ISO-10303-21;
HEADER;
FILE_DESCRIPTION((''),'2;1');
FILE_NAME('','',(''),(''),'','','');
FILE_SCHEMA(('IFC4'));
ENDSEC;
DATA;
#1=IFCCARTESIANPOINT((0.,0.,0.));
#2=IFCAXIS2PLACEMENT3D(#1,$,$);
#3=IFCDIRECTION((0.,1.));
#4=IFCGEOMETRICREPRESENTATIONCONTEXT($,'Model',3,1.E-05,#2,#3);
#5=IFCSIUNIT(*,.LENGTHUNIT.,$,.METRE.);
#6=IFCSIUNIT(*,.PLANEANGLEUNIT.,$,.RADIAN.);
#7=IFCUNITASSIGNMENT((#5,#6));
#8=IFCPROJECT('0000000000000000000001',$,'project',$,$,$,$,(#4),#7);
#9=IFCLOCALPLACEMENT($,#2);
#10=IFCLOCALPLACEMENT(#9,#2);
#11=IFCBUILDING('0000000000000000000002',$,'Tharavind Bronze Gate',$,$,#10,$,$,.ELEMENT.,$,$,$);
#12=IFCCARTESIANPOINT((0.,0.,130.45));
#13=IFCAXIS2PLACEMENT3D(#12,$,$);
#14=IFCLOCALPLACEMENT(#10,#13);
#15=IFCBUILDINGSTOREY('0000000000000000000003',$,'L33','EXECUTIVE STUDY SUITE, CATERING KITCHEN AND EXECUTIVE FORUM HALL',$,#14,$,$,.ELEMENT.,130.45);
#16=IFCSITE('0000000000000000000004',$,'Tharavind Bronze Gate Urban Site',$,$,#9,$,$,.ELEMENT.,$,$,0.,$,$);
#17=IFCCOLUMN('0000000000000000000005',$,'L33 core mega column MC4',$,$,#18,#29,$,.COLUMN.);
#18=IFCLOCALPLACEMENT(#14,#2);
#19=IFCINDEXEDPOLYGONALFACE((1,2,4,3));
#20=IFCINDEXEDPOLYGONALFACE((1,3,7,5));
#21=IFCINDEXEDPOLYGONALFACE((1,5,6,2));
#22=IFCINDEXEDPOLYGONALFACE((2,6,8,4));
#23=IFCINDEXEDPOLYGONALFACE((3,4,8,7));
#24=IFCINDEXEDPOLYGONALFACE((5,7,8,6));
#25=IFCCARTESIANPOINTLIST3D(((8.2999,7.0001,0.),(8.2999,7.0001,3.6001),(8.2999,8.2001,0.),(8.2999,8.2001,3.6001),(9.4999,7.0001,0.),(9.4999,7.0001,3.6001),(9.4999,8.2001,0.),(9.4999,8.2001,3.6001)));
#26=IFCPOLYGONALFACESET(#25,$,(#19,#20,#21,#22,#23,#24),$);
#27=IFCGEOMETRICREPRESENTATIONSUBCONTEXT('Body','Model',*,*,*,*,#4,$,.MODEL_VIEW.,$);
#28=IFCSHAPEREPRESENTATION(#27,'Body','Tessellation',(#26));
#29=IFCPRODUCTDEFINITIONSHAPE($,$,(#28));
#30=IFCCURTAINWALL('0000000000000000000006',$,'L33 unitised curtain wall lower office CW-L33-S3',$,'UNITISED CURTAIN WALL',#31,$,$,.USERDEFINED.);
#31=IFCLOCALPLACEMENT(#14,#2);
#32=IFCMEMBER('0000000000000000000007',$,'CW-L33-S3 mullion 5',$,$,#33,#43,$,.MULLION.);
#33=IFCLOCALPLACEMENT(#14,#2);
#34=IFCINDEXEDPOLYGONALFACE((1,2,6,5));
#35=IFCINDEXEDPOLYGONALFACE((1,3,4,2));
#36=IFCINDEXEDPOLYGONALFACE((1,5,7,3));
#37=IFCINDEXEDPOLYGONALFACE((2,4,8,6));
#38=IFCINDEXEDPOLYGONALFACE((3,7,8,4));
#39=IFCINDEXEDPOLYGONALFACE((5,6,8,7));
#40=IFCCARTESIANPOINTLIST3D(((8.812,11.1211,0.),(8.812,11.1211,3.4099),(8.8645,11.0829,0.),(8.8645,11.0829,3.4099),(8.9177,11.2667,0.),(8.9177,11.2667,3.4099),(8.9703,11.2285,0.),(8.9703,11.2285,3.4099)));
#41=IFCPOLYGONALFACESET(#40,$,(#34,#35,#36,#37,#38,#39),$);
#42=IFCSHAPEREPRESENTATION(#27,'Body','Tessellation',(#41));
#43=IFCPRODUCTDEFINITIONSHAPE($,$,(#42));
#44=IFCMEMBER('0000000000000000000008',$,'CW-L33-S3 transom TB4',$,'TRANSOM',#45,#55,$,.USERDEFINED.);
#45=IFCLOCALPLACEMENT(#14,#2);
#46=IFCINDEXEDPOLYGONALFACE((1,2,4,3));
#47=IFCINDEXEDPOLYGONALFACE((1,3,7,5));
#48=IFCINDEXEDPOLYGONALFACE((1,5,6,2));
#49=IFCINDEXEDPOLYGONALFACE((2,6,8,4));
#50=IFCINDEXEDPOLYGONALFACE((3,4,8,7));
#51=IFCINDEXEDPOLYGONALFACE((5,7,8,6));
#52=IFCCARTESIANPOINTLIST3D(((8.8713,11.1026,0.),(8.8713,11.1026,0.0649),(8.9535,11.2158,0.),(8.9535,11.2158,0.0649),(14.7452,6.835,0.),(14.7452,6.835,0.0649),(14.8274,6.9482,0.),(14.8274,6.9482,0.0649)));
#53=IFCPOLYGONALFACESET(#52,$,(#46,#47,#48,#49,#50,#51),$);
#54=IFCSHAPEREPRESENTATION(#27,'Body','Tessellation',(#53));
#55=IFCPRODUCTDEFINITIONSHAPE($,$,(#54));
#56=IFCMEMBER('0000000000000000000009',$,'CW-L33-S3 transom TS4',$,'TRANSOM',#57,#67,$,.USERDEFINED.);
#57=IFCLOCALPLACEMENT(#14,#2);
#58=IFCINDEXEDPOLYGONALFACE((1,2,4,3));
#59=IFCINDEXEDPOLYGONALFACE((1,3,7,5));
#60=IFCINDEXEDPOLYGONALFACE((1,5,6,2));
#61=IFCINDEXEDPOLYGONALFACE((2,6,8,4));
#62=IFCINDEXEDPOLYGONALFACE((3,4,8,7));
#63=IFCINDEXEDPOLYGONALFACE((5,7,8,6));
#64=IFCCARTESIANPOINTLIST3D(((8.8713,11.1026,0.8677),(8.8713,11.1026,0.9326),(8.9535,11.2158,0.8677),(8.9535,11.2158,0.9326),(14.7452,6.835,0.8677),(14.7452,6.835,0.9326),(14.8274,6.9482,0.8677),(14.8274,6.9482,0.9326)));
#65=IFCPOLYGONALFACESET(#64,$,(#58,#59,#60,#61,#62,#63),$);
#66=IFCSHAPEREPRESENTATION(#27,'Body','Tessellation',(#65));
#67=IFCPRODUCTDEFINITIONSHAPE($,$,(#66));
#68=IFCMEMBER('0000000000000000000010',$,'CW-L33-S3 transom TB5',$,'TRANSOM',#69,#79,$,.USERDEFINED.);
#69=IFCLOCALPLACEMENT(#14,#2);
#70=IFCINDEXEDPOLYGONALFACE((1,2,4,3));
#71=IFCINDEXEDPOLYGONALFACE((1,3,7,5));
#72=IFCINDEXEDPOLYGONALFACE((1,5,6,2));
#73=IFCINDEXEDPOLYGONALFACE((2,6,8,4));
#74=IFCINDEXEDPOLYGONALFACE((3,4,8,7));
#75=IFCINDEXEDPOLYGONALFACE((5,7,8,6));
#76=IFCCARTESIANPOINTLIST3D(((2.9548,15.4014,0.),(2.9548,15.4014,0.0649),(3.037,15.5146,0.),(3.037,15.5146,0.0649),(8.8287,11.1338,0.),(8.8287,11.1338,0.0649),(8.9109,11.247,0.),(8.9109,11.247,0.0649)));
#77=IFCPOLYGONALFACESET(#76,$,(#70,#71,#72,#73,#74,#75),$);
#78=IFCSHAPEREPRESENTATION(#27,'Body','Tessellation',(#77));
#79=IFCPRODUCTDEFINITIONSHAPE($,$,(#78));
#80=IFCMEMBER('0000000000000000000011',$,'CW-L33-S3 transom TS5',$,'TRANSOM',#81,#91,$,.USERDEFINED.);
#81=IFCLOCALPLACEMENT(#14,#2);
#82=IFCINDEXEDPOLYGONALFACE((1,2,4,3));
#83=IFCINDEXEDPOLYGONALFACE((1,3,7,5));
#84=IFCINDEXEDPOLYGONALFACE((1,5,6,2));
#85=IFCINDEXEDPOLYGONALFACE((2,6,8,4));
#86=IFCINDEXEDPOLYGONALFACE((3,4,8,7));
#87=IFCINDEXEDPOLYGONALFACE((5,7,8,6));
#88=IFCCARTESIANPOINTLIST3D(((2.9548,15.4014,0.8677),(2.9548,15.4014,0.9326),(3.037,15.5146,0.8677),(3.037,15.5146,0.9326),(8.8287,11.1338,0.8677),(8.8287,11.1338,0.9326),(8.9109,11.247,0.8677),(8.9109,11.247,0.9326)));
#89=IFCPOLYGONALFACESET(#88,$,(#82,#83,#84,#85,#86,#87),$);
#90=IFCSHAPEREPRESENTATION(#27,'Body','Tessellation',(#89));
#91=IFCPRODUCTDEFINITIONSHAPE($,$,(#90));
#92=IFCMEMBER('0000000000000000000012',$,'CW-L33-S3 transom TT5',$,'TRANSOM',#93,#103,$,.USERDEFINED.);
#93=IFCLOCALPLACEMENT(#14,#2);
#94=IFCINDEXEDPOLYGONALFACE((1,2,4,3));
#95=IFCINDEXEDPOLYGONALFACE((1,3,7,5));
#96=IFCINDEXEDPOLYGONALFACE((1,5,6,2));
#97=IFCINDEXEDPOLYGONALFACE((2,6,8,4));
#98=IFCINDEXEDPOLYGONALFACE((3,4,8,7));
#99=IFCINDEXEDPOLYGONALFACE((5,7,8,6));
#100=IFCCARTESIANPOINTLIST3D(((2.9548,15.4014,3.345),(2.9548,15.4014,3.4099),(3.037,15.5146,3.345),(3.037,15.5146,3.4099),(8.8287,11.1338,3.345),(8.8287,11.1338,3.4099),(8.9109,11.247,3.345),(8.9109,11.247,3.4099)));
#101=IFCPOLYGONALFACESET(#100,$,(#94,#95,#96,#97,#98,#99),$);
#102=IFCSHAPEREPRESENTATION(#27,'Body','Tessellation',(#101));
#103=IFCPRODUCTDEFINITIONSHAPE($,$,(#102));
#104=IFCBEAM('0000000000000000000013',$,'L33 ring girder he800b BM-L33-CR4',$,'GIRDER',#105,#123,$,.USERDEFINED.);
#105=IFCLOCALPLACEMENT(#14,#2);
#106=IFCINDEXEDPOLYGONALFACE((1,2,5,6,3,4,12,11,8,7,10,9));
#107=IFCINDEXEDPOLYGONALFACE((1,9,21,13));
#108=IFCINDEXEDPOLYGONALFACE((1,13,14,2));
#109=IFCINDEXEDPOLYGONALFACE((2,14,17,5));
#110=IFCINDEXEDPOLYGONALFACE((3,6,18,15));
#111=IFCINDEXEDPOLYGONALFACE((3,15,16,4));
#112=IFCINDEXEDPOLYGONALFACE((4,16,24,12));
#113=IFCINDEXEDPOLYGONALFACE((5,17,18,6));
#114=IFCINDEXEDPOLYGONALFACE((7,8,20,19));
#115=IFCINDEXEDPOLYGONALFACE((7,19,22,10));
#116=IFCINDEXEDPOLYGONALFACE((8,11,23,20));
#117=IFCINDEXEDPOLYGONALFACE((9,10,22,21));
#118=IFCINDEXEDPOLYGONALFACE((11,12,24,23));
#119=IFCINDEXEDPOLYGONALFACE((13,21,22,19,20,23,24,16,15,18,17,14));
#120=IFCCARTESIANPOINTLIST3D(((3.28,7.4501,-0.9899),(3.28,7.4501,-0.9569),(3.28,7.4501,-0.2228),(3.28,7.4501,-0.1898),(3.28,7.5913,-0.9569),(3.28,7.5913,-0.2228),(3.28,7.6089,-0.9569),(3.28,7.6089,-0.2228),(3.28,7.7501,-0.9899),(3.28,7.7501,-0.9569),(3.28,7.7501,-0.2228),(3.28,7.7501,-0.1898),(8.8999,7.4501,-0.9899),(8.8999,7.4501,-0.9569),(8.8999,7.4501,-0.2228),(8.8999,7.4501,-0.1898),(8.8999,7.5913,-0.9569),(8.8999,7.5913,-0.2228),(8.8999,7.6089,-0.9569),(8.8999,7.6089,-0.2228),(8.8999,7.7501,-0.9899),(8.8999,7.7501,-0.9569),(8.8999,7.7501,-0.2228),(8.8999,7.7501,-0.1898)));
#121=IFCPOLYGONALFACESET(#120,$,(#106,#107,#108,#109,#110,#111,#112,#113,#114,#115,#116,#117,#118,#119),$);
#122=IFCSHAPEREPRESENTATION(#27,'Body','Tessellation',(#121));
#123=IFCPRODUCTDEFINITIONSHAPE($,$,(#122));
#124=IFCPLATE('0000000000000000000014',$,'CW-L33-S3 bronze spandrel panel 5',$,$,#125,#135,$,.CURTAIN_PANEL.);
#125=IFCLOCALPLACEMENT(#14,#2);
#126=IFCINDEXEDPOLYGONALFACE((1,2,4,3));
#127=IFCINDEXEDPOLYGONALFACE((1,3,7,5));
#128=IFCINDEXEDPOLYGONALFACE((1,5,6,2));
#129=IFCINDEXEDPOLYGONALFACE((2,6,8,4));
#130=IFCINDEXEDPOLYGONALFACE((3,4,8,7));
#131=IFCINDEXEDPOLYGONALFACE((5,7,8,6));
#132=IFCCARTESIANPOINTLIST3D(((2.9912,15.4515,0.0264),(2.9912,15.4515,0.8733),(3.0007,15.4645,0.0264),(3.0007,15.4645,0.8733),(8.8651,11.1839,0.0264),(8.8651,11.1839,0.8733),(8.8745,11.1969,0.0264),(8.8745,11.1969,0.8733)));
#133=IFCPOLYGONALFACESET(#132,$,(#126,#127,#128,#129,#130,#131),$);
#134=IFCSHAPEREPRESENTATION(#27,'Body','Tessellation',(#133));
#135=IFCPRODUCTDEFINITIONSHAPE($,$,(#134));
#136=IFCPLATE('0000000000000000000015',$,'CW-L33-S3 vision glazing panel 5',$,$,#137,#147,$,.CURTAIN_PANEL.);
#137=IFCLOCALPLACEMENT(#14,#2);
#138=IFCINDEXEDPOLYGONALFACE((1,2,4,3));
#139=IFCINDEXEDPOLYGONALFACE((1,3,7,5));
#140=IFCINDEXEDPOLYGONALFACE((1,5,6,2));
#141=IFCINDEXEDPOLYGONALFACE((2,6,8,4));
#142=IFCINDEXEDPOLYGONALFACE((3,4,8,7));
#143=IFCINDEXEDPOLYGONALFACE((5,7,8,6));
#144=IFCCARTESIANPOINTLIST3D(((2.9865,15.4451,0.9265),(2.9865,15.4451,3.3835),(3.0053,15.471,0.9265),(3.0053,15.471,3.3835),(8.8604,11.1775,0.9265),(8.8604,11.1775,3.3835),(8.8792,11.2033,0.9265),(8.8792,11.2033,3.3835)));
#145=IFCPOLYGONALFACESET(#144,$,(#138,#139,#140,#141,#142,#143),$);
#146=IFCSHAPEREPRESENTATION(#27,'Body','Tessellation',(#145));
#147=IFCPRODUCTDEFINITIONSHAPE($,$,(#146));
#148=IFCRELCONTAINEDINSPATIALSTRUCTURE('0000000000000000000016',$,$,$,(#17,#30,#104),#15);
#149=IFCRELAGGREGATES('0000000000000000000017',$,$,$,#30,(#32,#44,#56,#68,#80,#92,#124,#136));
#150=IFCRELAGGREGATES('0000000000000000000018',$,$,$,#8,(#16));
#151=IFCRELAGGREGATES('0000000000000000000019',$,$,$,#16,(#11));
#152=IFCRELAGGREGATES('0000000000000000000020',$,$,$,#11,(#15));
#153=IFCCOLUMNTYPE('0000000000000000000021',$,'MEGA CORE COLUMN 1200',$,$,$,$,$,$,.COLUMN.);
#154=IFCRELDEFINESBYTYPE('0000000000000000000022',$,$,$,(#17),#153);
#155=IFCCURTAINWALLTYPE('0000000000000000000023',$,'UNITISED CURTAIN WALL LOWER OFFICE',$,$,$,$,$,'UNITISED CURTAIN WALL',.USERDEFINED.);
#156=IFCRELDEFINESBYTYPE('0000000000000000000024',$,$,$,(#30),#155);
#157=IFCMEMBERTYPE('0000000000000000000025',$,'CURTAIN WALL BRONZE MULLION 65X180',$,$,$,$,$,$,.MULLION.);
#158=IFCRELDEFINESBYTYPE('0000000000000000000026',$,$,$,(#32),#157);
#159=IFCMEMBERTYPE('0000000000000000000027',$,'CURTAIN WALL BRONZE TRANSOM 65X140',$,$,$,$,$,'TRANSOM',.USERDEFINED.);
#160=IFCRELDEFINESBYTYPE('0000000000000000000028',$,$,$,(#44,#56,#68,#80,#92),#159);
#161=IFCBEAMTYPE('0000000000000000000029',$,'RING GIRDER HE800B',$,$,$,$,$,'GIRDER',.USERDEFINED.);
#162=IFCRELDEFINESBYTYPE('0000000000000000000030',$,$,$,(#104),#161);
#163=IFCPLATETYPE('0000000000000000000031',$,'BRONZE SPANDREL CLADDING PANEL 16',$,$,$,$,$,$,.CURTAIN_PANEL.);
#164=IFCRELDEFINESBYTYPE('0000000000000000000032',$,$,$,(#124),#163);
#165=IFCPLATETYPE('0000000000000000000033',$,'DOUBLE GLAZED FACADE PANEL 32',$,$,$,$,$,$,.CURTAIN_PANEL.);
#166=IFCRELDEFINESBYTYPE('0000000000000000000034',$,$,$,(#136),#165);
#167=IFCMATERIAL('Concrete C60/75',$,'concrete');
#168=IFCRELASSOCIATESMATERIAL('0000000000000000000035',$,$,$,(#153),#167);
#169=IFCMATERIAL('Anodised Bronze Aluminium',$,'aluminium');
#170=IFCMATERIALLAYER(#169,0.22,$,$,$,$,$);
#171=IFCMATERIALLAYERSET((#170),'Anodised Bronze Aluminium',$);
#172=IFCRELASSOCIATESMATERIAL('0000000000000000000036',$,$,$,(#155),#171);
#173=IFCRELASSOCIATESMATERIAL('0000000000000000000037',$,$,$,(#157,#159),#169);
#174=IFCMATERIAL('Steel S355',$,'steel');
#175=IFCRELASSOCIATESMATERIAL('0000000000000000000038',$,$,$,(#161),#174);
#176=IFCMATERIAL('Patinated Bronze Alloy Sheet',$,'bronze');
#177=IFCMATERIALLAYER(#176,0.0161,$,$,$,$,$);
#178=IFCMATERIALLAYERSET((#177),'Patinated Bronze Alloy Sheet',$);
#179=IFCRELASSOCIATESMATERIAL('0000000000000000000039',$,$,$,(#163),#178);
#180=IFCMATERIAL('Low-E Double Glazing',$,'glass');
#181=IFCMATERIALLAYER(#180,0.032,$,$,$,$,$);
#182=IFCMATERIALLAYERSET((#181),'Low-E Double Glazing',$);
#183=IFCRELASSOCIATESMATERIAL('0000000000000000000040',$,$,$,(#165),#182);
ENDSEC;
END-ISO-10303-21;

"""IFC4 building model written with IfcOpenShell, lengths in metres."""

from ifc_helpers import new_model, si_unit, direction, frame, origin, origin_2d, place, context, subcontext, project, spatial, rectangle, i_section, extrude, material, layer, layer_set, material_profile, profile_set, type_object, element, aggregate, save


model = new_model("IFC4")

# Units and contexts
model_context = context("Model", 3, precision=1e-05, world=origin(), true_north=direction((0.0, 1.0)))
body_context = subcontext(model_context, "Body", "Model", "MODEL_VIEW")
ifc_project = project(units=[si_unit("LENGTHUNIT", "METRE"), si_unit("PLANEANGLEUNIT", "RADIAN")], contexts=[model_context])

# Site, building, storey
site_placement = place(None, origin())
site = spatial("IfcSite", under=ifc_project, at=site_placement, Name="Tharavind Bronze Gate Urban Site", CompositionType="ELEMENT", RefElevation=0.0)
building_placement = place(site_placement, origin())
building = spatial("IfcBuilding", under=site, at=building_placement, Name="Tharavind Bronze Gate", CompositionType="ELEMENT")
storey_placement = place(building_placement, frame((0.0, 0.0, 130.45)))
storey = spatial("IfcBuildingStorey", under=building, at=storey_placement, Name="L33", Description="EXECUTIVE STUDY SUITE, CATERING KITCHEN AND EXECUTIVE FORUM HALL", CompositionType="ELEMENT", Elevation=130.45)

# Column
ifc_material_1 = material(Name="Concrete C60/75", Category="concrete")
ifc_material_profile_1 = material_profile(ifc_material_1, rectangle(XDim=1.2, YDim=1.2, at=origin_2d()), Name="RCCOL1200")
ifc_profile_set_1 = profile_set([ifc_material_profile_1], Name="Concrete C60/75")
column_type = type_object("IfcColumnType", Name="MEGA CORE COLUMN 1200", PredefinedType="COLUMN", material=ifc_profile_set_1)
column_placement = place(storey_placement, frame((8.8999, 7.6001, 0.0), z_axis=(0.0, 0.0, 1.0), x_axis=(1.0, 0.0, 0.0)))
element("IfcColumn", 1, at=column_placement, inside=storey, type_object=column_type, Name="L33 core mega column MC4", PredefinedType="COLUMN", context=body_context, shape_type="SweptSolid", body=[
    extrude(rectangle(XDim=1.2, YDim=1.2, at=origin_2d()), origin(), (0.0, 0.0, 1.0), 3.6001),
])

# Curtain wall, members
ifc_material_2 = material(Name="Anodised Bronze Aluminium", Category="aluminium")
ifc_layer_1 = layer(ifc_material_2, 0.22)
ifc_layer_set_1 = layer_set([ifc_layer_1], Name="Anodised Bronze Aluminium")
curtain_wall_type = type_object("IfcCurtainWallType", Name="UNITISED CURTAIN WALL LOWER OFFICE", ElementType="UNITISED CURTAIN WALL", PredefinedType="USERDEFINED", material=ifc_layer_set_1)
curtain_wall_placement = place(storey_placement, origin())
curtain_wall = element("IfcCurtainWall", 2, at=curtain_wall_placement, inside=storey, type_object=curtain_wall_type, Name="L33 unitised curtain wall lower office CW-L33-S3", ObjectType="UNITISED CURTAIN WALL", PredefinedType="USERDEFINED")
member_type_1 = type_object("IfcMemberType", Name="CURTAIN WALL BRONZE MULLION 65X180", PredefinedType="MULLION", material=ifc_material_2)
member_1_placement = place(storey_placement, frame((8.8911, 11.1748, 0.0), z_axis=(0.0, 0.0, 1.0), x_axis=(-0.809017, 0.587785, 0.0)))
member_1 = element("IfcMember", 3, at=member_1_placement, type_object=member_type_1, Name="CW-L33-S3 mullion 5", PredefinedType="MULLION", context=body_context, shape_type="SweptSolid", body=[
    extrude(rectangle(XDim=0.0649, YDim=0.1799, at=origin_2d()), origin(), (0.0, 0.0, 1.0), 3.4099),
])
member_type_2 = type_object("IfcMemberType", Name="CURTAIN WALL BRONZE TRANSOM 65X140", ElementType="TRANSOM", PredefinedType="USERDEFINED", material=ifc_material_2)
member_2_placement = place(storey_placement, frame((11.8494, 9.0254, 0.0), z_axis=(0.0, 0.0, 1.0), x_axis=(-0.809017, 0.587785, 0.0)))
member_2 = element("IfcMember", 4, at=member_2_placement, type_object=member_type_2, Name="CW-L33-S3 transom TB4", ObjectType="TRANSOM", PredefinedType="USERDEFINED", context=body_context, shape_type="SweptSolid", body=[
    extrude(rectangle(XDim=7.2605, YDim=0.1399, at=origin_2d()), origin(), (0.0, 0.0, 1.0), 0.0649),
])
member_3_placement = place(storey_placement, frame((11.8494, 9.0254, 0.8677), z_axis=(0.0, 0.0, 1.0), x_axis=(-0.809017, 0.587785, 0.0)))
member_3 = element("IfcMember", 5, at=member_3_placement, type_object=member_type_2, Name="CW-L33-S3 transom TS4", ObjectType="TRANSOM", PredefinedType="USERDEFINED", context=body_context, shape_type="SweptSolid", body=[
    extrude(rectangle(XDim=7.2605, YDim=0.1399, at=origin_2d()), origin(), (0.0, 0.0, 1.0), 0.0649),
])
member_4_placement = place(storey_placement, frame((5.9329, 13.3242, 0.0), z_axis=(0.0, 0.0, 1.0), x_axis=(-0.809017, 0.587785, 0.0)))
member_4 = element("IfcMember", 6, at=member_4_placement, type_object=member_type_2, Name="CW-L33-S3 transom TB5", ObjectType="TRANSOM", PredefinedType="USERDEFINED", context=body_context, shape_type="SweptSolid", body=[
    extrude(rectangle(XDim=7.2605, YDim=0.1399, at=origin_2d()), origin(), (0.0, 0.0, 1.0), 0.0649),
])
member_5_placement = place(storey_placement, frame((5.9329, 13.3242, 0.8677), z_axis=(0.0, 0.0, 1.0), x_axis=(-0.809017, 0.587785, 0.0)))
member_5 = element("IfcMember", 7, at=member_5_placement, type_object=member_type_2, Name="CW-L33-S3 transom TS5", ObjectType="TRANSOM", PredefinedType="USERDEFINED", context=body_context, shape_type="SweptSolid", body=[
    extrude(rectangle(XDim=7.2605, YDim=0.1399, at=origin_2d()), origin(), (0.0, 0.0, 1.0), 0.0649),
])
member_6_placement = place(storey_placement, frame((5.9329, 13.3242, 3.345), z_axis=(0.0, 0.0, 1.0), x_axis=(-0.809017, 0.587785, 0.0)))
member_6 = element("IfcMember", 8, at=member_6_placement, type_object=member_type_2, Name="CW-L33-S3 transom TT5", ObjectType="TRANSOM", PredefinedType="USERDEFINED", context=body_context, shape_type="SweptSolid", body=[
    extrude(rectangle(XDim=7.2605, YDim=0.1399, at=origin_2d()), origin(), (0.0, 0.0, 1.0), 0.0649),
])

# Beam
ifc_material_3 = material(Name="Steel S355", Category="steel")
ifc_material_profile_2 = material_profile(ifc_material_3, i_section(OverallWidth=0.3, OverallDepth=0.8, WebThickness=0.0176, FlangeThickness=0.033, at=origin_2d()), Name="HE800B")
ifc_profile_set_2 = profile_set([ifc_material_profile_2], Name="Steel S355")
beam_type = type_object("IfcBeamType", Name="RING GIRDER HE800B", ElementType="GIRDER", PredefinedType="USERDEFINED", material=ifc_profile_set_2)
beam_placement = place(storey_placement, frame((8.8999, 7.6001, -0.5898), z_axis=(-1.0, 0.0, 0.0), x_axis=(0.0, -1.0, 0.0)))
element("IfcBeam", 9, at=beam_placement, inside=storey, type_object=beam_type, Name="L33 ring girder he800b BM-L33-CR4", ObjectType="GIRDER", PredefinedType="USERDEFINED", context=body_context, shape_type="SweptSolid", body=[
    extrude(i_section(OverallWidth=0.3, OverallDepth=0.8, WebThickness=0.0176, FlangeThickness=0.033, at=origin_2d()), origin(), (0.0, 0.0, 1.0), 5.6199),
])

# Plates
ifc_material_4 = material(Name="Patinated Bronze Alloy Sheet", Category="bronze")
ifc_layer_2 = layer(ifc_material_4, 0.0161)
ifc_layer_set_2 = layer_set([ifc_layer_2], Name="Patinated Bronze Alloy Sheet")
plate_type_1 = type_object("IfcPlateType", Name="BRONZE SPANDREL CLADDING PANEL 16", PredefinedType="CURTAIN_PANEL", material=ifc_layer_set_2)
plate_1_placement = place(storey_placement, frame((5.9329, 13.3242, 0.0264), z_axis=(0.0, 0.0, 1.0), x_axis=(-0.809017, 0.587785, 0.0)))
plate_1 = element("IfcPlate", 10, at=plate_1_placement, type_object=plate_type_1, Name="CW-L33-S3 bronze spandrel panel 5", PredefinedType="CURTAIN_PANEL", context=body_context, shape_type="SweptSolid", body=[
    extrude(rectangle(XDim=7.2605, YDim=0.0161, at=origin_2d()), origin(), (0.0, 0.0, 1.0), 0.8469),
])
ifc_material_5 = material(Name="Low-E Double Glazing", Category="glass")
ifc_layer_3 = layer(ifc_material_5, 0.032)
ifc_layer_set_3 = layer_set([ifc_layer_3], Name="Low-E Double Glazing")
plate_type_2 = type_object("IfcPlateType", Name="DOUBLE GLAZED FACADE PANEL 32", PredefinedType="CURTAIN_PANEL", material=ifc_layer_set_3)
plate_2_placement = place(storey_placement, frame((5.9329, 13.3242, 0.9265), z_axis=(0.0, 0.0, 1.0), x_axis=(-0.809017, 0.587785, 0.0)))
plate_2 = element("IfcPlate", 11, at=plate_2_placement, type_object=plate_type_2, Name="CW-L33-S3 vision glazing panel 5", PredefinedType="CURTAIN_PANEL", context=body_context, shape_type="SweptSolid", body=[
    extrude(rectangle(XDim=7.2605, YDim=0.032, at=origin_2d()), origin(), (0.0, 0.0, 1.0), 2.457),
])
aggregate(curtain_wall, [member_1, member_2, member_3, member_4, member_5, member_6, plate_1, plate_2])

save(model, "model.ifc")
